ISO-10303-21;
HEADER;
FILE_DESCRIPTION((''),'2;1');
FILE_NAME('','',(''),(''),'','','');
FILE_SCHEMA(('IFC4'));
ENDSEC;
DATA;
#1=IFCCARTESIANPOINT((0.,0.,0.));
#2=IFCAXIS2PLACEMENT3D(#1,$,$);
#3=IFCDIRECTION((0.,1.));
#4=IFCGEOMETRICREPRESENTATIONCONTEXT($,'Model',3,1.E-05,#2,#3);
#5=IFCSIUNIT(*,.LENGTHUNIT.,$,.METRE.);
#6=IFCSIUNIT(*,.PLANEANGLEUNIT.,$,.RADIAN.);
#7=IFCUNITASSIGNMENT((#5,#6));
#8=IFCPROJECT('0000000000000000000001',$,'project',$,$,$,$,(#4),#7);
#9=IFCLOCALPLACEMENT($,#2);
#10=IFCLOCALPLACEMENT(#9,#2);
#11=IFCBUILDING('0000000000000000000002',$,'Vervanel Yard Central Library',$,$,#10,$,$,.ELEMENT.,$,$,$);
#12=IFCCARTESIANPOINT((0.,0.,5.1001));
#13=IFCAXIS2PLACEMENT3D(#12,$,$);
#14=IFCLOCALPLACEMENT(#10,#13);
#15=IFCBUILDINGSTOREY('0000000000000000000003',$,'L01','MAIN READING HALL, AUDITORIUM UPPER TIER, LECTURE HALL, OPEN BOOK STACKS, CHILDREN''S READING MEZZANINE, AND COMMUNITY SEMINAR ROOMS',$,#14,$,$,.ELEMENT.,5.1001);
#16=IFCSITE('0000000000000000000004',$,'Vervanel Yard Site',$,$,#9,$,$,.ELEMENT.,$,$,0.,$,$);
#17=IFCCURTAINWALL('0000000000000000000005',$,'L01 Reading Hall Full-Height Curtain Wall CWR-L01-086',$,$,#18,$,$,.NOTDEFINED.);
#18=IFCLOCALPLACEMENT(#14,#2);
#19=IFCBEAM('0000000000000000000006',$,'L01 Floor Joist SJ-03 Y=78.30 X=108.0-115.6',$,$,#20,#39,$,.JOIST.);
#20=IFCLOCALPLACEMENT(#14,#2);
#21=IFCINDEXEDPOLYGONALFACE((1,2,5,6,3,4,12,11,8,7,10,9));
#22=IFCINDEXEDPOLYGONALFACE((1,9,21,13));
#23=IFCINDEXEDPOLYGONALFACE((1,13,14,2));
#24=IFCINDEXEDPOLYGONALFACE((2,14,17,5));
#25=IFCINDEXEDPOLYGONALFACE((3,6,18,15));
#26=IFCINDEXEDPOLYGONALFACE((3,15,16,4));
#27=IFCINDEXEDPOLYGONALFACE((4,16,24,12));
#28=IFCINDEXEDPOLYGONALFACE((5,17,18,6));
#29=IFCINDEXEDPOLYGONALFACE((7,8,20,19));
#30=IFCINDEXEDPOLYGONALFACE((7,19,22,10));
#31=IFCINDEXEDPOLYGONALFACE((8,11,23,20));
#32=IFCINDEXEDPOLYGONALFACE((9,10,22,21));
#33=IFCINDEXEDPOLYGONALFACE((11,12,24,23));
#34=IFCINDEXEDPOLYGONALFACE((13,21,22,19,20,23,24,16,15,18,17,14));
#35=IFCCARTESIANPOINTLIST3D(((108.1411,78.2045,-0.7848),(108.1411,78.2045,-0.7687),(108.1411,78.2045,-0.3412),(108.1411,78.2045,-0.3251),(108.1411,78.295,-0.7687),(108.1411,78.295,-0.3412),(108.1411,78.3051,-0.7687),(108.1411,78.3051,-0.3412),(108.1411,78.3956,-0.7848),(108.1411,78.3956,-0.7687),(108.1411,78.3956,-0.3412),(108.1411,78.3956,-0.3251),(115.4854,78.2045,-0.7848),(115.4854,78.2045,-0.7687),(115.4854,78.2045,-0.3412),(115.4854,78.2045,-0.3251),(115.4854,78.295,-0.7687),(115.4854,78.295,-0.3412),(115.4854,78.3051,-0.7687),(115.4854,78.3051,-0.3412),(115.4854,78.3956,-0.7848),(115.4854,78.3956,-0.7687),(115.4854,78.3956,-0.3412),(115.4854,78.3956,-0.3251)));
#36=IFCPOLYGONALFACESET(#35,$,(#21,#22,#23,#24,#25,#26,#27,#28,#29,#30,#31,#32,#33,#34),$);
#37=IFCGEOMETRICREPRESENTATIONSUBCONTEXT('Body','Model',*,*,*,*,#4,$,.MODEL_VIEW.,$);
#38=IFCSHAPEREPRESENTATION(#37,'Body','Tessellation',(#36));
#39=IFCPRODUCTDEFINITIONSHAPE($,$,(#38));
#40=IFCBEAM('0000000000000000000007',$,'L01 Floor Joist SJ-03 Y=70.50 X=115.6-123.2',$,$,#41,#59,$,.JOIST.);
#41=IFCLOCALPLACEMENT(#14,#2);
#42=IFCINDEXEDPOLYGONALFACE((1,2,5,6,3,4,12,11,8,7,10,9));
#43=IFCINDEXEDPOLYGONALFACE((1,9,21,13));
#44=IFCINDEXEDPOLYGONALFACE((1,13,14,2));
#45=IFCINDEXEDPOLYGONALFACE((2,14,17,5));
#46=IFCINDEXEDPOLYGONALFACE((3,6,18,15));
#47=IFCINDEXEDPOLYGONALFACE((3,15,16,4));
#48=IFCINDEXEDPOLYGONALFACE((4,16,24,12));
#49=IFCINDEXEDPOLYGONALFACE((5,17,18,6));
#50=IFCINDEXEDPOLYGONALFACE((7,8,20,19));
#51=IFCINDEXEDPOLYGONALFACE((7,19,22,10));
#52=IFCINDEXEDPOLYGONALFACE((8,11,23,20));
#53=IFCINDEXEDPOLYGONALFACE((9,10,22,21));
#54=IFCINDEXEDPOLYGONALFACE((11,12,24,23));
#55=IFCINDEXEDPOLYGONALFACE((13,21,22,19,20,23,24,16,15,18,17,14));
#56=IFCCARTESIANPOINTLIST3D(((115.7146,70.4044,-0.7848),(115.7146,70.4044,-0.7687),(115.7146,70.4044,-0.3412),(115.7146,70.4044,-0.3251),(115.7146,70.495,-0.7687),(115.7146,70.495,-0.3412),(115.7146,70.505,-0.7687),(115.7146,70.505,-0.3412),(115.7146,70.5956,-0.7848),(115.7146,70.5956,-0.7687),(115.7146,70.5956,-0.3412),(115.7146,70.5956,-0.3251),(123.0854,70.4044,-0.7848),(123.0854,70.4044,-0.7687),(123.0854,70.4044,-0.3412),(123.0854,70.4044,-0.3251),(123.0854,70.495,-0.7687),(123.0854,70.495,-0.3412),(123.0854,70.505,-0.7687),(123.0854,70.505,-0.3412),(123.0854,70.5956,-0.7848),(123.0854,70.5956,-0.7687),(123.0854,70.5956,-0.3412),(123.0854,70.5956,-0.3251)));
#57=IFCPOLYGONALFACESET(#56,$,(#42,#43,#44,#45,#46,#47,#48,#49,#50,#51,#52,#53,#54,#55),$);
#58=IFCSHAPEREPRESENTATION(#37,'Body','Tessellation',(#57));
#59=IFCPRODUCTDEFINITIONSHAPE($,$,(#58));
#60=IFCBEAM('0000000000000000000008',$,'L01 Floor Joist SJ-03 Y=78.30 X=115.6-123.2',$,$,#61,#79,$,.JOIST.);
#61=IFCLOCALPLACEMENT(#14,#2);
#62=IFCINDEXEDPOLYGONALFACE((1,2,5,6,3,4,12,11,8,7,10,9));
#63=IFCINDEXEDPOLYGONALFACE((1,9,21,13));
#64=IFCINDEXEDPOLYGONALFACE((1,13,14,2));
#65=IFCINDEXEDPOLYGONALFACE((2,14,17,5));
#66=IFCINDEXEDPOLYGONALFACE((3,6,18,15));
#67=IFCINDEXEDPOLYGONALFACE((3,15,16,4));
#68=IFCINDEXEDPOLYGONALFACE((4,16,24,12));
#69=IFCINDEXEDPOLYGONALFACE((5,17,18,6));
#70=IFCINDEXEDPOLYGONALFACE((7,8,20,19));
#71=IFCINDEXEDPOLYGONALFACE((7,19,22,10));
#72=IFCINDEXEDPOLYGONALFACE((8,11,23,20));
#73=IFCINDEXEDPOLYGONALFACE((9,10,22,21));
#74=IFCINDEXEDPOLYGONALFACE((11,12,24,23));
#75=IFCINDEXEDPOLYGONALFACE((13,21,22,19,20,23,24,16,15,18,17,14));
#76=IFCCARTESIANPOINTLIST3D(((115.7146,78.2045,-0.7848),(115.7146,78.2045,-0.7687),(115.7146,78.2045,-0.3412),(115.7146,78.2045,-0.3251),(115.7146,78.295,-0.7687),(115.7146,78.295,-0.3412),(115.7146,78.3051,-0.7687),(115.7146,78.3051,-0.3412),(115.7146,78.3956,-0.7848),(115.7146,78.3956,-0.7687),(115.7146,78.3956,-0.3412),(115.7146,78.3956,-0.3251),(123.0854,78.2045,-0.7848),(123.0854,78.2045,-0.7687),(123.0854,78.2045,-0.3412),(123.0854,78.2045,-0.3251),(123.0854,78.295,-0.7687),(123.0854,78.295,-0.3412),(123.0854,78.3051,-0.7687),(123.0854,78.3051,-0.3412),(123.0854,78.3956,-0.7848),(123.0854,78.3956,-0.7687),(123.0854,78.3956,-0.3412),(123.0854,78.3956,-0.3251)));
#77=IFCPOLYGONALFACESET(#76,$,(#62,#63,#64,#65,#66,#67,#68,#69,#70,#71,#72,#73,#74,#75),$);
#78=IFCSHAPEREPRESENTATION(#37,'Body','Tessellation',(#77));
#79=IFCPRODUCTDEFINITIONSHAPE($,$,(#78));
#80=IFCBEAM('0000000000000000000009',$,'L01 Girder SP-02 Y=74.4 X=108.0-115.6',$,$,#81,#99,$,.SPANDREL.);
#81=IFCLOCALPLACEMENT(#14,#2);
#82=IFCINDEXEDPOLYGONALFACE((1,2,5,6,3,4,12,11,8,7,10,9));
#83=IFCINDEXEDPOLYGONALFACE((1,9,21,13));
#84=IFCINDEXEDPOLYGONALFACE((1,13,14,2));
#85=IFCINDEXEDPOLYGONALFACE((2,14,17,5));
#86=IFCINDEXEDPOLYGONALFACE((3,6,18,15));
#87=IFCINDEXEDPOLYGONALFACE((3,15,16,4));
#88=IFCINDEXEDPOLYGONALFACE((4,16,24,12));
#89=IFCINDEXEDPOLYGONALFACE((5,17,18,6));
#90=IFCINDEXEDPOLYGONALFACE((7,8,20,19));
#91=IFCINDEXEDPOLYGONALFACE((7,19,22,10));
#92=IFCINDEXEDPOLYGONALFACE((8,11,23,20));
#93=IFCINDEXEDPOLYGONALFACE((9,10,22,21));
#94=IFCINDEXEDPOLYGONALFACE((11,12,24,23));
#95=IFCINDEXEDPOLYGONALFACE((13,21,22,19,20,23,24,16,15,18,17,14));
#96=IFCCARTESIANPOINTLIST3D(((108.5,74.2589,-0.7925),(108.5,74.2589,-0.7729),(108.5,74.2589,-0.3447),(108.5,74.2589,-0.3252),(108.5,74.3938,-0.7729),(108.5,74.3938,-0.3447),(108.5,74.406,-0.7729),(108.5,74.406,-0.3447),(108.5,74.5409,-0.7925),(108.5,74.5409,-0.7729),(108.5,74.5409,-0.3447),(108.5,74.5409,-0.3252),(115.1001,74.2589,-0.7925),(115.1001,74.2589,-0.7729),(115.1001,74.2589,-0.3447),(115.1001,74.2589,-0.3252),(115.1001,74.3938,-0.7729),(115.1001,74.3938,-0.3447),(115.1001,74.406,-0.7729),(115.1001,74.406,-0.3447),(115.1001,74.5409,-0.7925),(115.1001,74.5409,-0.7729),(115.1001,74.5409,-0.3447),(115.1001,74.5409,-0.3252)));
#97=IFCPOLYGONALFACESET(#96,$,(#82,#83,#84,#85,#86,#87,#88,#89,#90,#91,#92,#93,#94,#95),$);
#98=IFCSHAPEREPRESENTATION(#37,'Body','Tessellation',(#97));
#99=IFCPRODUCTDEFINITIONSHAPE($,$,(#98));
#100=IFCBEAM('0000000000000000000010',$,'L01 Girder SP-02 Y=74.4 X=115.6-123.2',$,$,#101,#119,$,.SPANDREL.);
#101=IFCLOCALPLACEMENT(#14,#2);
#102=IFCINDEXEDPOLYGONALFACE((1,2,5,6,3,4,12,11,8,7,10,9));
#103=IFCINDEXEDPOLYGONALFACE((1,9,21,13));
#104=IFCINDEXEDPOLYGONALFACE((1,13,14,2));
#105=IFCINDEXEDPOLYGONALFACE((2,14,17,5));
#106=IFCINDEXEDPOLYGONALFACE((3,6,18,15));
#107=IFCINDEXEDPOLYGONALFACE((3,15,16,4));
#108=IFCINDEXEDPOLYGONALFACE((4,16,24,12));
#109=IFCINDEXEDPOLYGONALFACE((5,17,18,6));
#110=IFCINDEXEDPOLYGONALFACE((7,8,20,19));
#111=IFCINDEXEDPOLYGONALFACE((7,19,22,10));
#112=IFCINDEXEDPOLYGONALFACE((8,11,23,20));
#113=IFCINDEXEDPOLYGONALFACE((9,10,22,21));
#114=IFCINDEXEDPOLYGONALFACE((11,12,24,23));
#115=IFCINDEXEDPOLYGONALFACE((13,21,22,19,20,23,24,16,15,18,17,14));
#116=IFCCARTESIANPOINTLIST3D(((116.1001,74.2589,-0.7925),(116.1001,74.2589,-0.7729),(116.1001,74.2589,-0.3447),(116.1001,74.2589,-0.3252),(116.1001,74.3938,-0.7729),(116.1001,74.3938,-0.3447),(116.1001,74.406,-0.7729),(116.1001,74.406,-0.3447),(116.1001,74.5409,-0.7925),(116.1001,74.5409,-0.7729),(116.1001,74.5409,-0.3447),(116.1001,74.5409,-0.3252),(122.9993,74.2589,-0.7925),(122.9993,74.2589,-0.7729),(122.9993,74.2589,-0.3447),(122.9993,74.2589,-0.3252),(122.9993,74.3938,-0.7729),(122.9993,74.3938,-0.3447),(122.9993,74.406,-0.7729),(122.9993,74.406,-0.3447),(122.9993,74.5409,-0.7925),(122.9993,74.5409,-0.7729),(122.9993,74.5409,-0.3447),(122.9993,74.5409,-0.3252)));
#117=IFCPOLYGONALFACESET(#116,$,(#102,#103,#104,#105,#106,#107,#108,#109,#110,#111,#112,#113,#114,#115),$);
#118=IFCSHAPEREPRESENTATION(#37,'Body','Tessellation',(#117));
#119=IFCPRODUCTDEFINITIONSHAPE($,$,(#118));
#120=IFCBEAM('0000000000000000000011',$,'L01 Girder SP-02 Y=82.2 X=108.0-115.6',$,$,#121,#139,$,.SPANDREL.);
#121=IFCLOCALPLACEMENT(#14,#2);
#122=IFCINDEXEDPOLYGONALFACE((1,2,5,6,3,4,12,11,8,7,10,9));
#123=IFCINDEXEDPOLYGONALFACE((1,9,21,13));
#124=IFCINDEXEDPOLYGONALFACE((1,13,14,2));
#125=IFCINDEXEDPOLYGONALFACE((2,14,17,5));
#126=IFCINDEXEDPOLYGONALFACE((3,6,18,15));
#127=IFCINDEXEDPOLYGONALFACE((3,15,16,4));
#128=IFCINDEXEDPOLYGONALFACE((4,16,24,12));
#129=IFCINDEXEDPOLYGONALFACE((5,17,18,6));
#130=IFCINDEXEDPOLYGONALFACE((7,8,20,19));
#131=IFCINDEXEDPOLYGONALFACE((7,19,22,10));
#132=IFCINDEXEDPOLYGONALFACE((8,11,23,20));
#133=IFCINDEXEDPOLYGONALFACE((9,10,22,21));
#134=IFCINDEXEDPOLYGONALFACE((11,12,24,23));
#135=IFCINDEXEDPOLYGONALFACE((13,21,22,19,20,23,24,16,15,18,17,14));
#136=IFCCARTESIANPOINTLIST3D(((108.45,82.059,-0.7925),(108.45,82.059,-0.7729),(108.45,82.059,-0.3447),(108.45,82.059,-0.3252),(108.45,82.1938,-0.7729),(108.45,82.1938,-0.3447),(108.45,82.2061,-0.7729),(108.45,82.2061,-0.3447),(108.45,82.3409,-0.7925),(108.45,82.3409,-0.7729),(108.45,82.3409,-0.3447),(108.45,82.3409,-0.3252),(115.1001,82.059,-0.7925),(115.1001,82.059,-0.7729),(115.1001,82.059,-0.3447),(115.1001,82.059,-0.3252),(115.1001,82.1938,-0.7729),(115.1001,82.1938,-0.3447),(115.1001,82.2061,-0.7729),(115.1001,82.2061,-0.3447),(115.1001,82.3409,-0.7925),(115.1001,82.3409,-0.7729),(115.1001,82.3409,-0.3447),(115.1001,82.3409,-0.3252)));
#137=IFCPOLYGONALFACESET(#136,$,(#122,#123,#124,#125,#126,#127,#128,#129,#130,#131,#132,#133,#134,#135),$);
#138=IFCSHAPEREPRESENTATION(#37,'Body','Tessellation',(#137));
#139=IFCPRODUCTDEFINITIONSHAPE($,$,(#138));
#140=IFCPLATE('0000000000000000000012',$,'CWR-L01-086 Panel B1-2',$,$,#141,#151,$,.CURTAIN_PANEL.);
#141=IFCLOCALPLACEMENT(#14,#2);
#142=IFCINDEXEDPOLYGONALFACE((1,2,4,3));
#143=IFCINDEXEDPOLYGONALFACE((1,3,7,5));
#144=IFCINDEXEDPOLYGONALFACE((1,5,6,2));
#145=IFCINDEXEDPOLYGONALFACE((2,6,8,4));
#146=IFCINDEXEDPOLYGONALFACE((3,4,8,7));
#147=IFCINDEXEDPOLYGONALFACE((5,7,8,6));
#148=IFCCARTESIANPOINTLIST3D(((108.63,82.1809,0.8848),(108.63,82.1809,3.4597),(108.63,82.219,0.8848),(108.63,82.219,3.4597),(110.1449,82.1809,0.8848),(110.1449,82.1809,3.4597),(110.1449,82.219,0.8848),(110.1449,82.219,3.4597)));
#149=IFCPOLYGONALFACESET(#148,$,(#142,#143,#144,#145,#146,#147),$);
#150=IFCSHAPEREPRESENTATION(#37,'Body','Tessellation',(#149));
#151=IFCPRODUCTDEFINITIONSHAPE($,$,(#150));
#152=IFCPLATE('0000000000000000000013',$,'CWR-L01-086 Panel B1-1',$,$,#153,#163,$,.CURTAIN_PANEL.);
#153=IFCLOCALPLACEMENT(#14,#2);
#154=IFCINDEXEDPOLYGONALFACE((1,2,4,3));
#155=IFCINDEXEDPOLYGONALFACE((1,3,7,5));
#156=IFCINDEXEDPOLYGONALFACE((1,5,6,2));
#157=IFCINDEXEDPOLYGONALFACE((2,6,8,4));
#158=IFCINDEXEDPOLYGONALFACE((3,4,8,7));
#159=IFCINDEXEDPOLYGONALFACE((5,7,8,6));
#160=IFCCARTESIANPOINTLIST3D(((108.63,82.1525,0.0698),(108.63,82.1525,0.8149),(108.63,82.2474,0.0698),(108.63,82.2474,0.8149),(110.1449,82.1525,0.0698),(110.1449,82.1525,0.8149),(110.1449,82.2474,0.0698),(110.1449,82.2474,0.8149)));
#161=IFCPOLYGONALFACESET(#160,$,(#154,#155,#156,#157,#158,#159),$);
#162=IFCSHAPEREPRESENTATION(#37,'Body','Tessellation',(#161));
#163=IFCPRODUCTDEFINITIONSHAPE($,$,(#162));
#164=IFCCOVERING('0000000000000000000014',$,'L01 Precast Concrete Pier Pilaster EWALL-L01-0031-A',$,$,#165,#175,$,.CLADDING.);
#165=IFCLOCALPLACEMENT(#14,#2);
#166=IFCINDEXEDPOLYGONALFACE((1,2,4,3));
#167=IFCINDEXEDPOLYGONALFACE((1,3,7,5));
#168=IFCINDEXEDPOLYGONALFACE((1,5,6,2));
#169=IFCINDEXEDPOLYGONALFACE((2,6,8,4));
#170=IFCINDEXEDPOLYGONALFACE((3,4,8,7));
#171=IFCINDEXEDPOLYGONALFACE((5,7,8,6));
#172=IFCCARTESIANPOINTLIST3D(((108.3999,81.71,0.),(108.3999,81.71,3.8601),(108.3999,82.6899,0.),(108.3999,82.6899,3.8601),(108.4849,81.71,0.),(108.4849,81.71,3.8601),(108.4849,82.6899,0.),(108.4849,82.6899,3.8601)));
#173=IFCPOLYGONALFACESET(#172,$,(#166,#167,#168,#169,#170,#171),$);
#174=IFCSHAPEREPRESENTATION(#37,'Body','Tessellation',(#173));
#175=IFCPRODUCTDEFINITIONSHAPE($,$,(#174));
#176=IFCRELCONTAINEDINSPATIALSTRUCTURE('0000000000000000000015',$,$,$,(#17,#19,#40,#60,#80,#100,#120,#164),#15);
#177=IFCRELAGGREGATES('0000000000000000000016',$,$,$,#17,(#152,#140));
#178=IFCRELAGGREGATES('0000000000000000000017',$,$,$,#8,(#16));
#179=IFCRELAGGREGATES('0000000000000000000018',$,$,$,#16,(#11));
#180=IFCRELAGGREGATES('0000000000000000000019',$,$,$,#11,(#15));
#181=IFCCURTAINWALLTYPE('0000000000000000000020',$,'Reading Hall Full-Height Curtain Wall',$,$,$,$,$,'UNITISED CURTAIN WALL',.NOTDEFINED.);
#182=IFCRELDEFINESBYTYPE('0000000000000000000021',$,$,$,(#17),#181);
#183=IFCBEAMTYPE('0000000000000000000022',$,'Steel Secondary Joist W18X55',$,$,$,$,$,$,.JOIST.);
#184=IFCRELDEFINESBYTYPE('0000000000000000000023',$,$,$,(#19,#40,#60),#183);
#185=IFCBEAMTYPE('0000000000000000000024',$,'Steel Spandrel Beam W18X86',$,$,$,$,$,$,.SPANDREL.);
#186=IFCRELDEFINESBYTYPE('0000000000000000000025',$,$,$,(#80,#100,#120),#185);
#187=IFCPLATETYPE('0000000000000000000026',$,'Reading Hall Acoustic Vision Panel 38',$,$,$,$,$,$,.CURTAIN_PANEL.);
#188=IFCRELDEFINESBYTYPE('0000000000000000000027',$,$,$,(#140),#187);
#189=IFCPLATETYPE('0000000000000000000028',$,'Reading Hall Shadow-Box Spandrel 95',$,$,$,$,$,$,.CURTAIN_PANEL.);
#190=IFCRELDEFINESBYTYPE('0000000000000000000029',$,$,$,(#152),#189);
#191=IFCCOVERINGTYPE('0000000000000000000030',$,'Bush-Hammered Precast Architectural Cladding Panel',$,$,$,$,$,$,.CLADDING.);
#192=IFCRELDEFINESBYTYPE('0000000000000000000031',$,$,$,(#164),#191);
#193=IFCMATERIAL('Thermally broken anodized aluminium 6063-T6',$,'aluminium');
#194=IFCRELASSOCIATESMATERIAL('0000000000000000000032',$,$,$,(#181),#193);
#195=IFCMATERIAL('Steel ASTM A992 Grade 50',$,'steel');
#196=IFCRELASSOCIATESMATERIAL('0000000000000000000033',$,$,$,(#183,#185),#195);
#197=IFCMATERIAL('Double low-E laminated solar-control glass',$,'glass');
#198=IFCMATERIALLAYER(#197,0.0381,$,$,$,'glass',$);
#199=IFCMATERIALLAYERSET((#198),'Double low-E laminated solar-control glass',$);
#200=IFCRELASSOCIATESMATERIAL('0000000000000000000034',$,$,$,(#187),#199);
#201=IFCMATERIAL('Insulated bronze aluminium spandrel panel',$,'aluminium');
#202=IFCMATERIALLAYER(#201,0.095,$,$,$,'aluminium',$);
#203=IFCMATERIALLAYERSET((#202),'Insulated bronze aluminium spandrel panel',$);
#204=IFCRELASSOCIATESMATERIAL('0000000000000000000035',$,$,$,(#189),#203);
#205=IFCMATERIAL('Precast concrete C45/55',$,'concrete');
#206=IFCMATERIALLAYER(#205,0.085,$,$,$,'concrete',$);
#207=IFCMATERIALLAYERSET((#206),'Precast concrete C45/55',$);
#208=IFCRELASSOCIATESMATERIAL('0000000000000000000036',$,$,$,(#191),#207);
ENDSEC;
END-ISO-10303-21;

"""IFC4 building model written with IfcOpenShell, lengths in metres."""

from ifc_helpers import new_model, si_unit, direction, frame, origin, origin_2d, place, context, subcontext, project, spatial, rectangle, i_section, extrude, material, layer, layer_set, material_profile, profile_set, type_object, element, aggregate, save


model = new_model("IFC4")

# Units and contexts
model_context = context("Model", 3, precision=1e-05, world=origin(), true_north=direction((0.0, 1.0)))
body_context = subcontext(model_context, "Body", "Model", "MODEL_VIEW")
ifc_project = project(units=[si_unit("LENGTHUNIT", "METRE"), si_unit("PLANEANGLEUNIT", "RADIAN")], contexts=[model_context])

# Site, building, storey
site_placement = place(None, origin())
site = spatial("IfcSite", under=ifc_project, at=site_placement, Name="Vervanel Yard Site", CompositionType="ELEMENT", RefElevation=0.0)
building_placement = place(site_placement, origin())
building = spatial("IfcBuilding", under=site, at=building_placement, Name="Vervanel Yard Central Library", CompositionType="ELEMENT")
storey_placement = place(building_placement, frame((0.0, 0.0, 5.1001)))
storey = spatial("IfcBuildingStorey", under=building, at=storey_placement, Name="L01", Description="MAIN READING HALL, AUDITORIUM UPPER TIER, LECTURE HALL, OPEN BOOK STACKS, CHILDREN'S READING MEZZANINE, AND COMMUNITY SEMINAR ROOMS", CompositionType="ELEMENT", Elevation=5.1001)

# Curtain wall
ifc_material_1 = material(Name="Thermally broken anodized aluminium 6063-T6", Category="aluminium")
curtain_wall_type = type_object("IfcCurtainWallType", Name="Reading Hall Full-Height Curtain Wall", ElementType="UNITISED CURTAIN WALL", PredefinedType="NOTDEFINED", material=ifc_material_1)
curtain_wall_placement = place(storey_placement, origin())
curtain_wall = element("IfcCurtainWall", 1, at=curtain_wall_placement, inside=storey, type_object=curtain_wall_type, Name="L01 Reading Hall Full-Height Curtain Wall CWR-L01-086", PredefinedType="NOTDEFINED")

# Beams
ifc_material_2 = material(Name="Steel ASTM A992 Grade 50", Category="steel")
ifc_material_profile_1 = material_profile(ifc_material_2, i_section(OverallWidth=0.1912, OverallDepth=0.4597, WebThickness=0.01, FlangeThickness=0.0161, at=origin_2d()), Name="W18X55", Category="steel")
ifc_profile_set_1 = profile_set([ifc_material_profile_1], Name="Steel ASTM A992 Grade 50")
beam_type_1 = type_object("IfcBeamType", Name="Steel Secondary Joist W18X55", PredefinedType="JOIST", material=ifc_profile_set_1)
for number, where, z_axis, x_axis, name in (
    (2, (108.1411, 78.3, -0.5549), (1.0, 0.0, 0.0), (0.0, 1.0, 0.0), "L01 Floor Joist SJ-03 Y=78.30 X=108.0-115.6"),
):
    element("IfcBeam", number, at=place(storey_placement, frame(where, z_axis=z_axis, x_axis=x_axis)), inside=storey, type_object=beam_type_1, Name=name, PredefinedType="JOIST", context=body_context, shape_type="SweptSolid", body=[
        extrude(i_section(OverallWidth=0.1912, OverallDepth=0.4597, WebThickness=0.01, FlangeThickness=0.0161, at=origin_2d()), origin(), (0.0, 0.0, 1.0), 7.3442),
    ])
for number, where, z_axis, x_axis, name in (
    (3, (115.7146, 70.5, -0.5549), (1.0, 0.0, 0.0), (0.0, 1.0, 0.0), "L01 Floor Joist SJ-03 Y=70.50 X=115.6-123.2"),
    (4, (115.7146, 78.3, -0.5549), (1.0, 0.0, 0.0), (0.0, 1.0, 0.0), "L01 Floor Joist SJ-03 Y=78.30 X=115.6-123.2"),
):
    element("IfcBeam", number, at=place(storey_placement, frame(where, z_axis=z_axis, x_axis=x_axis)), inside=storey, type_object=beam_type_1, Name=name, PredefinedType="JOIST", context=body_context, shape_type="SweptSolid", body=[
        extrude(i_section(OverallWidth=0.1912, OverallDepth=0.4597, WebThickness=0.01, FlangeThickness=0.0161, at=origin_2d()), origin(), (0.0, 0.0, 1.0), 7.3708),
    ])
ifc_material_profile_2 = material_profile(ifc_material_2, i_section(OverallWidth=0.282, OverallDepth=0.4673, WebThickness=0.0122, FlangeThickness=0.0195, at=origin_2d()), Name="W18X86", Category="steel")
ifc_profile_set_2 = profile_set([ifc_material_profile_2], Name="Steel ASTM A992 Grade 50")
beam_type_2 = type_object("IfcBeamType", Name="Steel Spandrel Beam W18X86", PredefinedType="SPANDREL", material=ifc_profile_set_2)
beam_1_placement = place(storey_placement, frame((108.5, 74.3999, -0.5588), z_axis=(1.0, 0.0, 0.0), x_axis=(0.0, 1.0, 0.0)))
element("IfcBeam", 5, at=beam_1_placement, inside=storey, type_object=beam_type_2, Name="L01 Girder SP-02 Y=74.4 X=108.0-115.6", PredefinedType="SPANDREL", context=body_context, shape_type="SweptSolid", body=[
    extrude(i_section(OverallWidth=0.282, OverallDepth=0.4673, WebThickness=0.0122, FlangeThickness=0.0195, at=origin_2d()), origin(), (0.0, 0.0, 1.0), 6.6001),
])
beam_2_placement = place(storey_placement, frame((116.1001, 74.3999, -0.5588), z_axis=(1.0, 0.0, 0.0), x_axis=(0.0, 1.0, 0.0)))
element("IfcBeam", 6, at=beam_2_placement, inside=storey, type_object=beam_type_2, Name="L01 Girder SP-02 Y=74.4 X=115.6-123.2", PredefinedType="SPANDREL", context=body_context, shape_type="SweptSolid", body=[
    extrude(i_section(OverallWidth=0.282, OverallDepth=0.4673, WebThickness=0.0122, FlangeThickness=0.0195, at=origin_2d()), origin(), (0.0, 0.0, 1.0), 6.8992),
])
beam_3_placement = place(storey_placement, frame((108.45, 82.2, -0.5588), z_axis=(1.0, 0.0, 0.0), x_axis=(0.0, 1.0, 0.0)))
element("IfcBeam", 7, at=beam_3_placement, inside=storey, type_object=beam_type_2, Name="L01 Girder SP-02 Y=82.2 X=108.0-115.6", PredefinedType="SPANDREL", context=body_context, shape_type="SweptSolid", body=[
    extrude(i_section(OverallWidth=0.282, OverallDepth=0.4673, WebThickness=0.0122, FlangeThickness=0.0195, at=origin_2d()), origin(), (0.0, 0.0, 1.0), 6.6501),
])

# Plates
ifc_material_3 = material(Name="Double low-E laminated solar-control glass", Category="glass")
ifc_layer_1 = layer(ifc_material_3, 0.0381, Category="glass")
ifc_layer_set_1 = layer_set([ifc_layer_1], Name="Double low-E laminated solar-control glass")
plate_type_1 = type_object("IfcPlateType", Name="Reading Hall Acoustic Vision Panel 38", PredefinedType="CURTAIN_PANEL", material=ifc_layer_set_1)
plate_1_placement = place(storey_placement, frame((109.3875, 82.2, 0.8848), z_axis=(0.0, 0.0, 1.0), x_axis=(1.0, 0.0, 0.0)))
plate_1 = element("IfcPlate", 8, at=plate_1_placement, type_object=plate_type_1, Name="CWR-L01-086 Panel B1-2", PredefinedType="CURTAIN_PANEL", context=body_context, shape_type="SweptSolid", body=[
    extrude(rectangle(XDim=1.5149, YDim=0.0381, at=origin_2d()), origin(), (0.0, 0.0, 1.0), 2.575),
])
ifc_material_4 = material(Name="Insulated bronze aluminium spandrel panel", Category="aluminium")
ifc_layer_2 = layer(ifc_material_4, 0.095, Category="aluminium")
ifc_layer_set_2 = layer_set([ifc_layer_2], Name="Insulated bronze aluminium spandrel panel")
plate_type_2 = type_object("IfcPlateType", Name="Reading Hall Shadow-Box Spandrel 95", PredefinedType="CURTAIN_PANEL", material=ifc_layer_set_2)
plate_2_placement = place(storey_placement, frame((109.3875, 82.2, 0.0698), z_axis=(0.0, 0.0, 1.0), x_axis=(1.0, 0.0, 0.0)))
plate_2 = element("IfcPlate", 9, at=plate_2_placement, type_object=plate_type_2, Name="CWR-L01-086 Panel B1-1", PredefinedType="CURTAIN_PANEL", context=body_context, shape_type="SweptSolid", body=[
    extrude(rectangle(XDim=1.5149, YDim=0.095, at=origin_2d()), origin(), (0.0, 0.0, 1.0), 0.7451),
])
aggregate(curtain_wall, [plate_2, plate_1])

# Covering
ifc_material_5 = material(Name="Precast concrete C45/55", Category="concrete")
ifc_layer_3 = layer(ifc_material_5, 0.085, Category="concrete")
ifc_layer_set_3 = layer_set([ifc_layer_3], Name="Precast concrete C45/55")
covering_type = type_object("IfcCoveringType", Name="Bush-Hammered Precast Architectural Cladding Panel", PredefinedType="CLADDING", material=ifc_layer_set_3)
covering_placement = place(storey_placement, frame((108.4424, 82.2, 0.0), z_axis=(0.0, 0.0, 1.0), x_axis=(0.0, 1.0, 0.0)))
element("IfcCovering", 10, at=covering_placement, inside=storey, type_object=covering_type, Name="L01 Precast Concrete Pier Pilaster EWALL-L01-0031-A", PredefinedType="CLADDING", context=body_context, shape_type="SweptSolid", body=[
    extrude(rectangle(XDim=0.98, YDim=0.085, at=origin_2d()), origin(), (0.0, 0.0, 1.0), 3.8601),
])

save(model, "model.ifc")
